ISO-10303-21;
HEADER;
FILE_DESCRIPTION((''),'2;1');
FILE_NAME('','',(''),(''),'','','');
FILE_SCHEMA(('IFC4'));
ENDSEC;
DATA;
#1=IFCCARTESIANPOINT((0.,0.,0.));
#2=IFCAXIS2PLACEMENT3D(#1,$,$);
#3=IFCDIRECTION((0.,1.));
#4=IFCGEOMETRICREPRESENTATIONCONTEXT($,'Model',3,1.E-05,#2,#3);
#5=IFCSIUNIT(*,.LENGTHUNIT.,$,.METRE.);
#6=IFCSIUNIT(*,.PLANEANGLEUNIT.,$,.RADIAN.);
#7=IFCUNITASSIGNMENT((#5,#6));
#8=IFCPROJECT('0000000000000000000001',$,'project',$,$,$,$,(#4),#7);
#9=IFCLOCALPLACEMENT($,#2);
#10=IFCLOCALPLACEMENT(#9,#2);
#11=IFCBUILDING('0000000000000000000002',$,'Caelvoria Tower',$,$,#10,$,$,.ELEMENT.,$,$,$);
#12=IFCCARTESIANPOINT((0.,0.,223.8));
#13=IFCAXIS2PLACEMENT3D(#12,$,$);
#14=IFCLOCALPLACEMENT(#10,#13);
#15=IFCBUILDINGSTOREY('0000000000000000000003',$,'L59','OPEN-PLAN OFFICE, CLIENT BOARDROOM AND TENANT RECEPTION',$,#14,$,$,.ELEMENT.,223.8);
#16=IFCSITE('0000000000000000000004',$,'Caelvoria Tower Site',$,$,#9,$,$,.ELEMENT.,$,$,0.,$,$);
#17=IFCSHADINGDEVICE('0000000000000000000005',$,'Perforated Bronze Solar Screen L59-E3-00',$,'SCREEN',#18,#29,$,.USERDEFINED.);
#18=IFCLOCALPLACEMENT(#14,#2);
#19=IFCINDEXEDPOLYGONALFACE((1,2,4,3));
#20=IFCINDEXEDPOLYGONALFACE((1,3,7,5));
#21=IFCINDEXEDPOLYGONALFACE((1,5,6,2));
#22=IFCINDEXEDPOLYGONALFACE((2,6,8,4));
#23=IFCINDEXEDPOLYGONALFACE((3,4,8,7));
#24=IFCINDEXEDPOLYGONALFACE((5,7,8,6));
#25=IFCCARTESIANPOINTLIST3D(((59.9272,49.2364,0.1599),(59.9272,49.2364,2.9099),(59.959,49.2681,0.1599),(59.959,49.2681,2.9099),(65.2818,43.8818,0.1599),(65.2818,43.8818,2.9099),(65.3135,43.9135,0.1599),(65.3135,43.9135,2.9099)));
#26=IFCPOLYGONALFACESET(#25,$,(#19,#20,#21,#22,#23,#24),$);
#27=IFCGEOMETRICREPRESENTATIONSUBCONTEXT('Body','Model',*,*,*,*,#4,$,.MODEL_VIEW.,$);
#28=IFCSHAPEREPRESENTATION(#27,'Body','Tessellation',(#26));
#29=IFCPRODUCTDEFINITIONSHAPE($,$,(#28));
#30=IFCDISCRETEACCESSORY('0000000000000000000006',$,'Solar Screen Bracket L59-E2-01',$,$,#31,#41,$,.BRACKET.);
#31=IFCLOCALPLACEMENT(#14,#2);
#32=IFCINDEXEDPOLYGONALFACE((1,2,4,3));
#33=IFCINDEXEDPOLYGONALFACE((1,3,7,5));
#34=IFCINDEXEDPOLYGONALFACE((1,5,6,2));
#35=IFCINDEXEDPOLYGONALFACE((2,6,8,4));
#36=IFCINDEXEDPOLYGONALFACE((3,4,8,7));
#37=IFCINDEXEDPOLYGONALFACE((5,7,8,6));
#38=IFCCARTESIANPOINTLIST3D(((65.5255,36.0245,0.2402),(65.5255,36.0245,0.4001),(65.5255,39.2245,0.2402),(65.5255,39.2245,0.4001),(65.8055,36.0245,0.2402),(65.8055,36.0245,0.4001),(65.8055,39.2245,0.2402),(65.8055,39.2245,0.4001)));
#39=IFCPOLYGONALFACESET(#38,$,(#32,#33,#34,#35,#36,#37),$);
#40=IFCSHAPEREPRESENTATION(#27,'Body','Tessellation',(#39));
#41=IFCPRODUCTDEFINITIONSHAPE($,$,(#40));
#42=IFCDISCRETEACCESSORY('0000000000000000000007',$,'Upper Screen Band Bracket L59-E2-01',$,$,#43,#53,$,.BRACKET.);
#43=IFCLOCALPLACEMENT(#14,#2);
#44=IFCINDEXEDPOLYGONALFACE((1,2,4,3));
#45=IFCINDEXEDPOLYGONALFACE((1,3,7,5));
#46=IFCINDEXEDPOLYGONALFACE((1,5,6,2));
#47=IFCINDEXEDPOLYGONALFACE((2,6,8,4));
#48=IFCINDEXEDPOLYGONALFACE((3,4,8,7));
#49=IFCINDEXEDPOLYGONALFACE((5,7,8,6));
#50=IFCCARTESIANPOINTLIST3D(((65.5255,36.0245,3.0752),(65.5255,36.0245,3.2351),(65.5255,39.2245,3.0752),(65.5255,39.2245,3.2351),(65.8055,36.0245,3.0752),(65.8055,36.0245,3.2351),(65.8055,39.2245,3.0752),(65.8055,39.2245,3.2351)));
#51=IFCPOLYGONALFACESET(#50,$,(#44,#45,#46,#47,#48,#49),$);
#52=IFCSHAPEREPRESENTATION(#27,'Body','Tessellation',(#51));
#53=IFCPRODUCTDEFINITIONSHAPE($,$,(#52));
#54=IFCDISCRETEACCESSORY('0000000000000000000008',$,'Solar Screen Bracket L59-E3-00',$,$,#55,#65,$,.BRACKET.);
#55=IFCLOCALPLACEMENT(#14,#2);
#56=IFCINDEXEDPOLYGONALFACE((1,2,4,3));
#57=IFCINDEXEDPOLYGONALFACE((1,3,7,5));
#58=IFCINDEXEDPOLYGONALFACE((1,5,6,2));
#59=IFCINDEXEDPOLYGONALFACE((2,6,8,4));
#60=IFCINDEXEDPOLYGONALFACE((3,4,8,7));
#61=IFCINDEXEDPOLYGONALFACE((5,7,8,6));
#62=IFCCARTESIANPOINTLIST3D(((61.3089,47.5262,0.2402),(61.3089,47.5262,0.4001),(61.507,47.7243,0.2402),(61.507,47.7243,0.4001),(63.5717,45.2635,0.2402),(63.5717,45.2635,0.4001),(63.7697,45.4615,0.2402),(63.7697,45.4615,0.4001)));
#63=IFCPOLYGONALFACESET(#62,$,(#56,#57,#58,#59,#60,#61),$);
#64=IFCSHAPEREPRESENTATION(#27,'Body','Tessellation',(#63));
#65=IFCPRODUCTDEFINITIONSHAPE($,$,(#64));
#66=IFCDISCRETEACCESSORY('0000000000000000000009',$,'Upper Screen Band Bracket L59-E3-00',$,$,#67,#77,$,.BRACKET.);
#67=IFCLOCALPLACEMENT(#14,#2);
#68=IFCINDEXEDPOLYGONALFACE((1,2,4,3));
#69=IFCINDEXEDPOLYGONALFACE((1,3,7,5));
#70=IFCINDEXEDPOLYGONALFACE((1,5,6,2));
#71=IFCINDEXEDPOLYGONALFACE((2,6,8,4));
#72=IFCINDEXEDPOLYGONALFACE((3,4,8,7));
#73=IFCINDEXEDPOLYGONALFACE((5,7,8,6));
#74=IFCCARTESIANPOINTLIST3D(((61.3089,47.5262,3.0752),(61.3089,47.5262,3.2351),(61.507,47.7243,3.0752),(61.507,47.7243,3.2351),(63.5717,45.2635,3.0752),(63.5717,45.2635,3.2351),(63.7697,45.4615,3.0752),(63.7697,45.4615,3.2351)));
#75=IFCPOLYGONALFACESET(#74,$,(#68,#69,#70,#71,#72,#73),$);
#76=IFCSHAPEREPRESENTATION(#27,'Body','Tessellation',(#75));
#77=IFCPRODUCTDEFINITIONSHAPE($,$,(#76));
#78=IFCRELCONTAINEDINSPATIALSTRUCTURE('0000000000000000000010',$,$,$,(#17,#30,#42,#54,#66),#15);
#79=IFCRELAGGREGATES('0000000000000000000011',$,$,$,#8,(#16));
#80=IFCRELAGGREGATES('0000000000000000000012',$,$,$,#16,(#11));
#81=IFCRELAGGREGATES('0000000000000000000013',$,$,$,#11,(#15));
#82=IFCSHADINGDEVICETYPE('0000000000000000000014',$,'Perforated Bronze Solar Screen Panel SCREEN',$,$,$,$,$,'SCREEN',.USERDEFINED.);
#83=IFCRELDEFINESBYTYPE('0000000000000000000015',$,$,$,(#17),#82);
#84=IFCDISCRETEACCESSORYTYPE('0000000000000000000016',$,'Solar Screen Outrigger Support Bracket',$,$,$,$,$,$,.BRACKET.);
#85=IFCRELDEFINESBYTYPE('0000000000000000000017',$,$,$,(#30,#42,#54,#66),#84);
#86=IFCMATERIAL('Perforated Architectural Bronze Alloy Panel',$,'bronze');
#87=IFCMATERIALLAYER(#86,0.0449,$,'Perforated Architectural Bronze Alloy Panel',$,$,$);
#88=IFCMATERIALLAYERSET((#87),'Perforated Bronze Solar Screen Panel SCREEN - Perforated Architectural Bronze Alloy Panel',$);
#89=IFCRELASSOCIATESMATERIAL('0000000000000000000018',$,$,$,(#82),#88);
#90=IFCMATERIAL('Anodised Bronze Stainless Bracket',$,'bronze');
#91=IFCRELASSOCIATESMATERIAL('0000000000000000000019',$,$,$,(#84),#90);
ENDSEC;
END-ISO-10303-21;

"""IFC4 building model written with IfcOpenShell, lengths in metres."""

from ifc_helpers import new_model, si_unit, direction, frame, origin, origin_2d, place, context, subcontext, project, spatial, rectangle, extrude, material, layer, layer_set, type_object, element, save


model = new_model("IFC4")

# Units and contexts
model_context = context("Model", 3, precision=1e-05, world=origin(), true_north=direction((0.0, 1.0)))
body_context = subcontext(model_context, "Body", "Model", "MODEL_VIEW")
ifc_project = project(units=[si_unit("LENGTHUNIT", "METRE"), si_unit("PLANEANGLEUNIT", "RADIAN")], contexts=[model_context])

# Site, building, storey
site_placement = place(None, origin())
site = spatial("IfcSite", under=ifc_project, at=site_placement, Name="Caelvoria Tower Site", CompositionType="ELEMENT", RefElevation=0.0)
building_placement = place(site_placement, origin())
building = spatial("IfcBuilding", under=site, at=building_placement, Name="Caelvoria Tower", CompositionType="ELEMENT")
storey_placement = place(building_placement, frame((0.0, 0.0, 223.8)))
storey = spatial("IfcBuildingStorey", under=building, at=storey_placement, Name="L59", Description="OPEN-PLAN OFFICE, CLIENT BOARDROOM AND TENANT RECEPTION", CompositionType="ELEMENT", Elevation=223.8)

# Shading device
ifc_material_1 = material(Name="Perforated Architectural Bronze Alloy Panel", Category="bronze")
ifc_layer_1 = layer(ifc_material_1, 0.0449, Name="Perforated Architectural Bronze Alloy Panel")
ifc_layer_set_1 = layer_set([ifc_layer_1], Name="Perforated Bronze Solar Screen Panel SCREEN - Perforated Architectural Bronze Alloy Panel")
shading_device_type = type_object("IfcShadingDeviceType", Name="Perforated Bronze Solar Screen Panel SCREEN", ElementType="SCREEN", PredefinedType="USERDEFINED", material=ifc_layer_set_1)
shading_device_1_placement = place(storey_placement, frame((62.6204, 46.575, 0.1599), z_axis=(0.0, 0.0, 1.0), x_axis=(-0.707107, 0.707107, 0.0)))
element("IfcShadingDevice", 1, at=shading_device_1_placement, inside=storey, type_object=shading_device_type, Name="Perforated Bronze Solar Screen L59-E3-00", ObjectType="SCREEN", PredefinedType="USERDEFINED", context=body_context, shape_type="SweptSolid", body=[
    extrude(rectangle(XDim=7.5725, YDim=0.0449, at=origin_2d()), origin(), (0.0, 0.0, 1.0), 2.75),
])

# Discrete accessories
ifc_material_2 = material(Name="Anodised Bronze Stainless Bracket", Category="bronze")
discrete_accessory_type = type_object("IfcDiscreteAccessoryType", Name="Solar Screen Outrigger Support Bracket", PredefinedType="BRACKET", material=ifc_material_2)
for number, where, z_axis, x_axis, name in (
    (2, (65.6655, 37.6245, 0.2402), (0.0, 0.0, 1.0), (0.0, 1.0, 0.0), "Solar Screen Bracket L59-E2-01"),
    (3, (65.6655, 37.6245, 3.0752), (0.0, 0.0, 1.0), (0.0, 1.0, 0.0), "Upper Screen Band Bracket L59-E2-01"),
    (4, (62.5393, 46.4939, 0.2402), (0.0, 0.0, 1.0), (-0.707107, 0.707107, 0.0), "Solar Screen Bracket L59-E3-00"),
    (5, (62.5393, 46.4939, 3.0752), (0.0, 0.0, 1.0), (-0.707107, 0.707107, 0.0), "Upper Screen Band Bracket L59-E3-00"),
):
    element("IfcDiscreteAccessory", number, at=place(storey_placement, frame(where, z_axis=z_axis, x_axis=x_axis)), inside=storey, type_object=discrete_accessory_type, Name=name, PredefinedType="BRACKET", context=body_context, shape_type="SweptSolid", body=[
        extrude(rectangle(XDim=3.2, YDim=0.28, at=origin_2d()), origin(), (0.0, 0.0, 1.0), 0.1599),
    ])

save(model, "model.ifc")
